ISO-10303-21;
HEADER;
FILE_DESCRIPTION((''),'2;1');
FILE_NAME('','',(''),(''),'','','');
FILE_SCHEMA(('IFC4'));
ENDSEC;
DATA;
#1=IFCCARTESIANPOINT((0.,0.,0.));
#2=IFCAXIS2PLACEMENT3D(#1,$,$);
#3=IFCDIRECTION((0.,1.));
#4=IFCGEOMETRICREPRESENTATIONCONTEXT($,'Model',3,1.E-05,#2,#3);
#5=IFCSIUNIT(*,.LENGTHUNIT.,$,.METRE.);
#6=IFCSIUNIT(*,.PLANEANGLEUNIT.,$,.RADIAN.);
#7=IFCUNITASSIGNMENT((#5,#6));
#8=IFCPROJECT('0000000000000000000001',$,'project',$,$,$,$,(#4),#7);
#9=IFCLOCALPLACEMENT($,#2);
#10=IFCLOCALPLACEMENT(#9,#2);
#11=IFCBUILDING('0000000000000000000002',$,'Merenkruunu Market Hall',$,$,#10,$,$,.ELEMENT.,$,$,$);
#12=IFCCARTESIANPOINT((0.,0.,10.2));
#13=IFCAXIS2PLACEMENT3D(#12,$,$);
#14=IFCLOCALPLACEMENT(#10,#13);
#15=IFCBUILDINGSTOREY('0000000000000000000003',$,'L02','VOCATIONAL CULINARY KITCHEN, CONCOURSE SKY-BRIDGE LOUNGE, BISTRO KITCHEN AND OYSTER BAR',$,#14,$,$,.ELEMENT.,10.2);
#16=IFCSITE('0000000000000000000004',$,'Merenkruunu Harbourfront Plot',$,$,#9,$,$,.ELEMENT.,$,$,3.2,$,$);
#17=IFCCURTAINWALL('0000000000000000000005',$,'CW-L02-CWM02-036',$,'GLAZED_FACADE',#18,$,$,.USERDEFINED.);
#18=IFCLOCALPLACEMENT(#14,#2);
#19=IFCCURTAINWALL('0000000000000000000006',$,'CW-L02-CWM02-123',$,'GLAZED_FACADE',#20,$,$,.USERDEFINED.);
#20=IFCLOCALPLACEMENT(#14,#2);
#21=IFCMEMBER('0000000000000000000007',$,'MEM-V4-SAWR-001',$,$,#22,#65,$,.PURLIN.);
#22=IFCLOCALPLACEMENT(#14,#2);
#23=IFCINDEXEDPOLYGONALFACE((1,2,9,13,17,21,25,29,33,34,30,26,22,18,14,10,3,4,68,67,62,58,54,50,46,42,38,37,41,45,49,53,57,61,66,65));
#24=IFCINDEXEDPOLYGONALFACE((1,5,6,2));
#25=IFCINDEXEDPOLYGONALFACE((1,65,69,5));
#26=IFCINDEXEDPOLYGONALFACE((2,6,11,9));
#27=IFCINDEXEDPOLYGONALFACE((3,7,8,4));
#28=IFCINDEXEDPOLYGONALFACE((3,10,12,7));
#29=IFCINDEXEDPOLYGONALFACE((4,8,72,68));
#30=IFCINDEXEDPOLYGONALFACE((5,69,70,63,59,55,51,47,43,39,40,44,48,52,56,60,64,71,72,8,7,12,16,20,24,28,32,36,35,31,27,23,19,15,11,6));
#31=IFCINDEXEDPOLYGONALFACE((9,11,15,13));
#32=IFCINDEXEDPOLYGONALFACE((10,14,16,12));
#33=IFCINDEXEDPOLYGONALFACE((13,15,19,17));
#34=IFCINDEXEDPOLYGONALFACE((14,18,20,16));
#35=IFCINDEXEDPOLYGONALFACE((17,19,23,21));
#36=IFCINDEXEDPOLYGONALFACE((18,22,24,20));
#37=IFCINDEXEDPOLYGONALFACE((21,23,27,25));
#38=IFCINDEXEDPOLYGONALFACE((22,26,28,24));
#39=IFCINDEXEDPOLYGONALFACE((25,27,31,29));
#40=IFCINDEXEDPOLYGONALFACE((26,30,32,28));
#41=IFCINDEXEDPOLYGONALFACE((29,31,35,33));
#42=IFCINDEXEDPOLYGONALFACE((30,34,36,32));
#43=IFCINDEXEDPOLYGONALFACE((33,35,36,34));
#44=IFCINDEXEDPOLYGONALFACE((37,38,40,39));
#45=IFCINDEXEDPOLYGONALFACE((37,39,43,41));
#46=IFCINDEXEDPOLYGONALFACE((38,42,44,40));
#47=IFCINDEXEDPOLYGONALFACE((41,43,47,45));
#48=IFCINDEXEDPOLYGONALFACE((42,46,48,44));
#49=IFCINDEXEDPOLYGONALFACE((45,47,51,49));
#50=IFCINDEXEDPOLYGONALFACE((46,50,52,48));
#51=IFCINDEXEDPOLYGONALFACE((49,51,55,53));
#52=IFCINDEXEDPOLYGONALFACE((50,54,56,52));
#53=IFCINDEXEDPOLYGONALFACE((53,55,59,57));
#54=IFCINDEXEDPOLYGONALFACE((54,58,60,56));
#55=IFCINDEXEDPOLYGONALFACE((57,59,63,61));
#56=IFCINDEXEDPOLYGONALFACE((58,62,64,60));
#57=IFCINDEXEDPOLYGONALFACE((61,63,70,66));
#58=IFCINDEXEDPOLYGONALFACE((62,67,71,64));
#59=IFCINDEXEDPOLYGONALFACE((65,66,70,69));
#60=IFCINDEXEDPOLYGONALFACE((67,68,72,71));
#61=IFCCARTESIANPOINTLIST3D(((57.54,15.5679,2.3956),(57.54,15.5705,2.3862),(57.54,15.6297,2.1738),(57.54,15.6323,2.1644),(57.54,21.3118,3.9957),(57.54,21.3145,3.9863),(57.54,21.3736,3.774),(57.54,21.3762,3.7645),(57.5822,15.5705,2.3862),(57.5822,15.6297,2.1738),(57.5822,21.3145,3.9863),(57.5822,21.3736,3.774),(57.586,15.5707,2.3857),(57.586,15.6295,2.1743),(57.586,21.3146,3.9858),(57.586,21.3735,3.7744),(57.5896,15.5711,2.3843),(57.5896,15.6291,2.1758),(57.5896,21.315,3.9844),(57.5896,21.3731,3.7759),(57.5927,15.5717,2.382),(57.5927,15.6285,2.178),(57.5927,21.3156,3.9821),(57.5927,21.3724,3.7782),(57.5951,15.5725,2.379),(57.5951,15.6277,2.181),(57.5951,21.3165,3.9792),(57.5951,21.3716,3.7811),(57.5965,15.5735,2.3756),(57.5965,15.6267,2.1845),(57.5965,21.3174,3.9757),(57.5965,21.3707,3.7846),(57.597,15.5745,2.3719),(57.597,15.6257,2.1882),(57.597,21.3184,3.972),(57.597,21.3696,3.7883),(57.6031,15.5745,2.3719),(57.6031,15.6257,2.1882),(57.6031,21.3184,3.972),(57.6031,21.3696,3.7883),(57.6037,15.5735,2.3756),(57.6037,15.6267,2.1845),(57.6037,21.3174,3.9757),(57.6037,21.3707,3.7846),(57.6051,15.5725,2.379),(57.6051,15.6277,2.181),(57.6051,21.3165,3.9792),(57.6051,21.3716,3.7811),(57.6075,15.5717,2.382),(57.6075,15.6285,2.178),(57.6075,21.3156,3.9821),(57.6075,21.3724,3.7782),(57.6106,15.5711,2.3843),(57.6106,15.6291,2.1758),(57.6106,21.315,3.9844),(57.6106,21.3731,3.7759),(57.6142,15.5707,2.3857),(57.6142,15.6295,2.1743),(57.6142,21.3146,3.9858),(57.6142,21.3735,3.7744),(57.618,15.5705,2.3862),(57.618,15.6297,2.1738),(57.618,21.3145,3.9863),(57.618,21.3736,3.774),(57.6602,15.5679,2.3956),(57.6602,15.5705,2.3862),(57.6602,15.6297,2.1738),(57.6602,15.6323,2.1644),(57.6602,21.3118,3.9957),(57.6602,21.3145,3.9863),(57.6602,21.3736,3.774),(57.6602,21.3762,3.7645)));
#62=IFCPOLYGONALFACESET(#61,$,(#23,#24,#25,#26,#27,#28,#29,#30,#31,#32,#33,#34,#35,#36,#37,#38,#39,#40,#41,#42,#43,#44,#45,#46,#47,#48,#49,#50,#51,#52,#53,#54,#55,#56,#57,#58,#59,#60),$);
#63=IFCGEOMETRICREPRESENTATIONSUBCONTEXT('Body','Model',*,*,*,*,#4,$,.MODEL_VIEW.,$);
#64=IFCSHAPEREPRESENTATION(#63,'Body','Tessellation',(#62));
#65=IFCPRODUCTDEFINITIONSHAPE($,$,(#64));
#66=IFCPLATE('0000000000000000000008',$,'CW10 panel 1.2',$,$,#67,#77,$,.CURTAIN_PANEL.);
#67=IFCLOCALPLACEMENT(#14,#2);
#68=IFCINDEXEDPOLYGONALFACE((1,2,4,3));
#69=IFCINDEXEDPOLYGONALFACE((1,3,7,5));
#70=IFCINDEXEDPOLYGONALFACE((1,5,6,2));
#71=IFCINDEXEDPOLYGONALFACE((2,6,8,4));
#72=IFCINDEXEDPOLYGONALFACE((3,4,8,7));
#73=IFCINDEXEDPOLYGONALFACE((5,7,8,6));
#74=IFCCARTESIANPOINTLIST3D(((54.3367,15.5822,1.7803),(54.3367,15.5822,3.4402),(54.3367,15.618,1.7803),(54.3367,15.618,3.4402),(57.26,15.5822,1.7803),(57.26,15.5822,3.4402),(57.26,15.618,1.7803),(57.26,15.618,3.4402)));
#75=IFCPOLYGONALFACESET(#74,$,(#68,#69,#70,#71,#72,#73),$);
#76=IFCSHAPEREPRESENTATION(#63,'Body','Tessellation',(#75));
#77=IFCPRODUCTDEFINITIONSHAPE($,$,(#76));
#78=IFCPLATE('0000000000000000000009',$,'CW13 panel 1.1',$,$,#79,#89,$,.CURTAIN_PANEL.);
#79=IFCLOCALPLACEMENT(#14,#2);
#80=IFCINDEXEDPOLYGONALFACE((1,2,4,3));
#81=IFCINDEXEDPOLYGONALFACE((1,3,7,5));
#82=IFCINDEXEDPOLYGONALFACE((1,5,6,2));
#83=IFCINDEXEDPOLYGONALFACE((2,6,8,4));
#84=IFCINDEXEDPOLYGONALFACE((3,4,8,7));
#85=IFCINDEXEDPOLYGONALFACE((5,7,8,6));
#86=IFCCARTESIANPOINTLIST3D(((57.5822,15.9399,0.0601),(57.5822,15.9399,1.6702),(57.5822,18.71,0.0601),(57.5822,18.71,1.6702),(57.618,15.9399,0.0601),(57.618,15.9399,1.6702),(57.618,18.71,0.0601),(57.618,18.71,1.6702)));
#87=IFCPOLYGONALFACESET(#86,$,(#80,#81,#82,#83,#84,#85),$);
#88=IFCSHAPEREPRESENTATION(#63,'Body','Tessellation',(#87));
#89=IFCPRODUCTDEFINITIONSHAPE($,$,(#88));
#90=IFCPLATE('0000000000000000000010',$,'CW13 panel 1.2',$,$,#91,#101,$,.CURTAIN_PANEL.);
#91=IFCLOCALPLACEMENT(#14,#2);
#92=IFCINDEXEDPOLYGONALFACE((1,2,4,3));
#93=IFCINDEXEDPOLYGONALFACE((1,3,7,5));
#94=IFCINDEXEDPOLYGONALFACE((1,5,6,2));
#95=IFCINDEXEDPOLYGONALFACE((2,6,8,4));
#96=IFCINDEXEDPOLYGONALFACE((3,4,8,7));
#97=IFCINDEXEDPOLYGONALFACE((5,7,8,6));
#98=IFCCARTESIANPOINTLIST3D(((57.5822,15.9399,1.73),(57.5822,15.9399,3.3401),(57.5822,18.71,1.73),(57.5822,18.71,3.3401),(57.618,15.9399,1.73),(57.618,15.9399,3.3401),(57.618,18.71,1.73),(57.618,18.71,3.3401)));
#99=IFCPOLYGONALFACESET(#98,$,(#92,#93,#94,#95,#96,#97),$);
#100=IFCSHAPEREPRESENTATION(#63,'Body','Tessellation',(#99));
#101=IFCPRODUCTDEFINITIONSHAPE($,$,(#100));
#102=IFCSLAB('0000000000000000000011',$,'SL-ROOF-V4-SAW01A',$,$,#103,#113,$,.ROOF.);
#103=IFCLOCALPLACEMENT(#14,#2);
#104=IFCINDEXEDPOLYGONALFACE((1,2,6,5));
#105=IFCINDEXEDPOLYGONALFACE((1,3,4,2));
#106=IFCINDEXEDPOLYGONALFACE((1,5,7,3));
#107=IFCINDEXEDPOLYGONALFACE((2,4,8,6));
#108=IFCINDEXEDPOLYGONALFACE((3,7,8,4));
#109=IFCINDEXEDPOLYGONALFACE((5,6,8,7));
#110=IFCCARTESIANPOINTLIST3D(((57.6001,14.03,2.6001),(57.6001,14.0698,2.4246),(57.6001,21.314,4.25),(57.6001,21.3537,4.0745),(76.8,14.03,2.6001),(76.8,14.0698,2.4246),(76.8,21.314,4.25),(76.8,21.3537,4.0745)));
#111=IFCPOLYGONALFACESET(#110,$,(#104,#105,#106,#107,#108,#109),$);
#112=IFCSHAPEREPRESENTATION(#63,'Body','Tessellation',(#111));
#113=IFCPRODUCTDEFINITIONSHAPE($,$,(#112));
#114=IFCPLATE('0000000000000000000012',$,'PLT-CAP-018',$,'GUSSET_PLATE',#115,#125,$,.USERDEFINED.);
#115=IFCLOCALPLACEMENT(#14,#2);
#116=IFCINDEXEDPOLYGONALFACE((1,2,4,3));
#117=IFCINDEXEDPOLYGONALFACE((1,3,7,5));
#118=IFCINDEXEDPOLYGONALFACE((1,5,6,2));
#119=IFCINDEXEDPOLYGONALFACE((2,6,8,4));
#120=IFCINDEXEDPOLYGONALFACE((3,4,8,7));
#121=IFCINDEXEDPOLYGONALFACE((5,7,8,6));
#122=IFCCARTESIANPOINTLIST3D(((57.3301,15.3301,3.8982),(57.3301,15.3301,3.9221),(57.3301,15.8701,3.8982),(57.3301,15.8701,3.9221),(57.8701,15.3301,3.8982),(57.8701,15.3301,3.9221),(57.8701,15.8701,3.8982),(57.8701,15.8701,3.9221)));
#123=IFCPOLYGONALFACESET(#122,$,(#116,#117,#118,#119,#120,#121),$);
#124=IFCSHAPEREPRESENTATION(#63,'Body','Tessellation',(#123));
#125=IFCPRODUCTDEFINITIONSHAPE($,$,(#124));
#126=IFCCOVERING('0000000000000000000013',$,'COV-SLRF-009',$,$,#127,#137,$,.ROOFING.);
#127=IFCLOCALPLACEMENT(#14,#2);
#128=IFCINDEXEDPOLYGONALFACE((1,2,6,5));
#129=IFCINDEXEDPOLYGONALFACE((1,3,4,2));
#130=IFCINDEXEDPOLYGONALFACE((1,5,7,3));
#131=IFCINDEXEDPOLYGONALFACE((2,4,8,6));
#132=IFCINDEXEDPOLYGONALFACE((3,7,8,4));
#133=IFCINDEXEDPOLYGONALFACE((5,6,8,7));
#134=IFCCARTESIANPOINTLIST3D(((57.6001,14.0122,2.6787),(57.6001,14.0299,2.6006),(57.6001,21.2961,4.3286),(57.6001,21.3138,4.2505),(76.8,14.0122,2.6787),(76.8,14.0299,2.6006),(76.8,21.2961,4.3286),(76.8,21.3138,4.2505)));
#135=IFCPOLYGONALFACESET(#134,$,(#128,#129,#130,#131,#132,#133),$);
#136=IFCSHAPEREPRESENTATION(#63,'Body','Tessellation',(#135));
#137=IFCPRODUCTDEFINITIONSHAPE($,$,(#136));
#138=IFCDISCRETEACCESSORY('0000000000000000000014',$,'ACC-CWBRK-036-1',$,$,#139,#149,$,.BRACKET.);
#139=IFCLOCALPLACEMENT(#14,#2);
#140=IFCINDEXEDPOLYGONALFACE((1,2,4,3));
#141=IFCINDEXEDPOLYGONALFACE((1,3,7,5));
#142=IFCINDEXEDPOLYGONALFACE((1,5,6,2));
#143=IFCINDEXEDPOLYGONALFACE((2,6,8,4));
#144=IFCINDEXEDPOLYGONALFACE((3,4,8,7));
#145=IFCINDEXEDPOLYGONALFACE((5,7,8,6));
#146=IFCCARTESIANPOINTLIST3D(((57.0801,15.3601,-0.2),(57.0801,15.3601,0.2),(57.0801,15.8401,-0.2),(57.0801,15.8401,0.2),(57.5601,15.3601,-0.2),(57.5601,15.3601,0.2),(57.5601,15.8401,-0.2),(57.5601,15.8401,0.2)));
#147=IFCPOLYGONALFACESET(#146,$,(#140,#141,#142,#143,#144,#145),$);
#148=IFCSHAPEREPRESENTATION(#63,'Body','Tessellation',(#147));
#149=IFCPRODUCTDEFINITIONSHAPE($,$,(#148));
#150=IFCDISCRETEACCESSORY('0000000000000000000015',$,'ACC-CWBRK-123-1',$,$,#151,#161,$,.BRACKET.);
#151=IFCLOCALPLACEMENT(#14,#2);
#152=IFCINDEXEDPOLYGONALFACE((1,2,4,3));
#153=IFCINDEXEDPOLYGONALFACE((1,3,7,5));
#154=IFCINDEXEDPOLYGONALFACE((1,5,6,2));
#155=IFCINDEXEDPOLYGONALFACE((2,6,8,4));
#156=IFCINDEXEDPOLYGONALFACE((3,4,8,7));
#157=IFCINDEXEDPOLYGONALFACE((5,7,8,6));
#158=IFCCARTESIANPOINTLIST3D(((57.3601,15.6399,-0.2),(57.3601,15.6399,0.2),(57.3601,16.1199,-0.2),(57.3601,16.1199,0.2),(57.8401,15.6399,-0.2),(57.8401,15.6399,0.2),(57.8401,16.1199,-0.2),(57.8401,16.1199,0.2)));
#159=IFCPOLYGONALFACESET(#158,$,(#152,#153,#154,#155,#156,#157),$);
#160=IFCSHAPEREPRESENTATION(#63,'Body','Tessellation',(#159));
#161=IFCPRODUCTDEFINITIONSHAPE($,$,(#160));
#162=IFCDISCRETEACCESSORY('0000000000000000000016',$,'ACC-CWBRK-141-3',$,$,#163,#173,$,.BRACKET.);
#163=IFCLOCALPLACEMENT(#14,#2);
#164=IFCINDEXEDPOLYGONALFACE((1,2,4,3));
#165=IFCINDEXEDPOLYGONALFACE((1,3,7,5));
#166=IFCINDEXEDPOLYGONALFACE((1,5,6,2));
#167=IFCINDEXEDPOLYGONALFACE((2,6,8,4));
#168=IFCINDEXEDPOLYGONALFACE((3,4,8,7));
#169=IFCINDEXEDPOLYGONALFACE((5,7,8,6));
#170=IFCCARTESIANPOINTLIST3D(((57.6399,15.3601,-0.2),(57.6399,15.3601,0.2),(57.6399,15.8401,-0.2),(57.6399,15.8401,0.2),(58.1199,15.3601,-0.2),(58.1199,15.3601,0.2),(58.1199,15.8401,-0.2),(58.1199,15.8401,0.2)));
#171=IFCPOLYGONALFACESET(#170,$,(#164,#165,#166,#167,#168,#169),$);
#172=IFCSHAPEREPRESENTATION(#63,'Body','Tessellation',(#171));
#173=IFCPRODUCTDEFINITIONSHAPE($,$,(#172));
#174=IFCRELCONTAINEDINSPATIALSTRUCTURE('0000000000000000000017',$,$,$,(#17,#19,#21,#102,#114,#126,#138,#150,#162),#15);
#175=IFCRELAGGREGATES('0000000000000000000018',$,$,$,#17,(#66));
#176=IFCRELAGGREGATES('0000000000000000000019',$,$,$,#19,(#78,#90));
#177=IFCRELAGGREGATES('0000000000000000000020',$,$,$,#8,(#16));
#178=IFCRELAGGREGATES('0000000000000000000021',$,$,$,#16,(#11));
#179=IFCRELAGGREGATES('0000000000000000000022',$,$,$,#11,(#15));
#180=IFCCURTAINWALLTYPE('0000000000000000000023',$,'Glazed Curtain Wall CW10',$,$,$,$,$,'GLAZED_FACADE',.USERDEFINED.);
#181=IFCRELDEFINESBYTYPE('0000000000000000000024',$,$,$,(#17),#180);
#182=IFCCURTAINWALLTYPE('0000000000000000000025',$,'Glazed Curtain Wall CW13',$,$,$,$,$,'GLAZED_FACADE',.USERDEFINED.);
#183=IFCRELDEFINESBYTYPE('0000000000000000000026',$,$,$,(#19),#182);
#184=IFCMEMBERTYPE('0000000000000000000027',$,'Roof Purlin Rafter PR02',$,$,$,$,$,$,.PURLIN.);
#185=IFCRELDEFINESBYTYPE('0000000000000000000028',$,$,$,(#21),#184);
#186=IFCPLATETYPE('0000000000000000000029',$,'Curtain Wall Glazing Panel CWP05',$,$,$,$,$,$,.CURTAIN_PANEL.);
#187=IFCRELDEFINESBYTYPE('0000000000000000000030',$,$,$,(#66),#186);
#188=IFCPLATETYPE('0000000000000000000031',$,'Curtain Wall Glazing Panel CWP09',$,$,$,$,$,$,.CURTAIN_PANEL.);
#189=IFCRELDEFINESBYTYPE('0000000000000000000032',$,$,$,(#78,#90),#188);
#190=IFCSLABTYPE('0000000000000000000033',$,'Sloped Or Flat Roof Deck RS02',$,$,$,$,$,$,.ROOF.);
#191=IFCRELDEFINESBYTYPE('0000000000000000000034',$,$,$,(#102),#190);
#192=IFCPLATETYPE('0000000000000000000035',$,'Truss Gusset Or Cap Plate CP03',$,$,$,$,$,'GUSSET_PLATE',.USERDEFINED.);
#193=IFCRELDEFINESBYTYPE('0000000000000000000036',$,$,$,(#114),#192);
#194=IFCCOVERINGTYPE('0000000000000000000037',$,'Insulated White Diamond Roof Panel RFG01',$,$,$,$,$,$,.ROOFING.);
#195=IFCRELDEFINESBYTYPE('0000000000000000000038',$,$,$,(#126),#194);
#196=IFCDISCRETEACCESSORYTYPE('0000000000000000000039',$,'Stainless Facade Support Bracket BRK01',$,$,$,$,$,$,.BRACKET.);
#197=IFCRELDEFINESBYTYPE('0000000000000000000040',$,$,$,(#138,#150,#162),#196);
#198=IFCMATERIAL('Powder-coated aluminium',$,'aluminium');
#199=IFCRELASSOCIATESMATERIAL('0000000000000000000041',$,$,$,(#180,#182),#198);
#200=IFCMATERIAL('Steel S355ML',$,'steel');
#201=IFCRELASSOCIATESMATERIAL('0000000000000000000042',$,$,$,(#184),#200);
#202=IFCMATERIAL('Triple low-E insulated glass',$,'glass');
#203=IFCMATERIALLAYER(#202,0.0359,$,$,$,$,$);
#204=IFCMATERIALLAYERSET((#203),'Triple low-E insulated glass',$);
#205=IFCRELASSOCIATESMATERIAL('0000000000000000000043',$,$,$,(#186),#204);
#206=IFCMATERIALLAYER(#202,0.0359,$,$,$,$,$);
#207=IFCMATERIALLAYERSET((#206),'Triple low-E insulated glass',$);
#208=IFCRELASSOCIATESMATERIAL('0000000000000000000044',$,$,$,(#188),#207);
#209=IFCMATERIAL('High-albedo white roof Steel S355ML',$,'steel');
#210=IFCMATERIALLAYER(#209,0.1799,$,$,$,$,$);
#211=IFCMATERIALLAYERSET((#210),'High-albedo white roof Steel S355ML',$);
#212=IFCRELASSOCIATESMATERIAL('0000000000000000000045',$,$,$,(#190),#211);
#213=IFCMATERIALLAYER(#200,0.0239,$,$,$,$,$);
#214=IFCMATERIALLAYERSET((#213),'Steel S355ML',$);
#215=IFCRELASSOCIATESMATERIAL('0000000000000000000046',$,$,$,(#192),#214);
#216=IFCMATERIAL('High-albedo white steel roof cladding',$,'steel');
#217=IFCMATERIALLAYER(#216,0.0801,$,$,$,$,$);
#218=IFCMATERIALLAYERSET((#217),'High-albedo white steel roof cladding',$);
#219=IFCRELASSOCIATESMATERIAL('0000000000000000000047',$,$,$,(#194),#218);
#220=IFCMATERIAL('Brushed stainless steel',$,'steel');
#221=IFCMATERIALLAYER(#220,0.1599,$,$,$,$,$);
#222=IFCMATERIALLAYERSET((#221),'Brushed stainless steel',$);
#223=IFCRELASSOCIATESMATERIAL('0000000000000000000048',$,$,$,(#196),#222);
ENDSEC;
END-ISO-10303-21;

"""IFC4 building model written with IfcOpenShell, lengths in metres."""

from ifc_helpers import new_model, si_unit, direction, frame, origin, origin_2d, place, context, subcontext, project, spatial, polyline, rectangle, i_section, outline, extrude, material, layer, layer_set, material_profile, profile_set, type_object, element, aggregate, save


model = new_model("IFC4")

# Units and contexts
model_context = context("Model", 3, precision=1e-05, world=origin(), true_north=direction((0.0, 1.0)))
body_context = subcontext(model_context, "Body", "Model", "MODEL_VIEW")
ifc_project = project(units=[si_unit("LENGTHUNIT", "METRE"), si_unit("PLANEANGLEUNIT", "RADIAN")], contexts=[model_context])

# Site, building, storey
site_placement = place(None, origin())
site = spatial("IfcSite", under=ifc_project, at=site_placement, Name="Merenkruunu Harbourfront Plot", CompositionType="ELEMENT", RefElevation=3.2)
building_placement = place(site_placement, origin())
building = spatial("IfcBuilding", under=site, at=building_placement, Name="Merenkruunu Market Hall", CompositionType="ELEMENT")
storey_placement = place(building_placement, frame((0.0, 0.0, 10.2)))
storey = spatial("IfcBuildingStorey", under=building, at=storey_placement, Name="L02", Description="VOCATIONAL CULINARY KITCHEN, CONCOURSE SKY-BRIDGE LOUNGE, BISTRO KITCHEN AND OYSTER BAR", CompositionType="ELEMENT", Elevation=10.2)

# Shared definitions
ifc_material_1 = material(Name="Steel S355ML", Category="steel")

# Curtain wall
ifc_material_2 = material(Name="Powder-coated aluminium", Category="aluminium")
curtain_wall_type_1 = type_object("IfcCurtainWallType", Name="Glazed Curtain Wall CW10", ElementType="GLAZED_FACADE", PredefinedType="USERDEFINED", material=ifc_material_2)
curtain_wall_1_placement = place(storey_placement, origin())
curtain_wall_1 = element("IfcCurtainWall", 1, at=curtain_wall_1_placement, inside=storey, type_object=curtain_wall_type_1, Name="CW-L02-CWM02-036", ObjectType="GLAZED_FACADE", PredefinedType="USERDEFINED")

# Curtain wall
curtain_wall_type_2 = type_object("IfcCurtainWallType", Name="Glazed Curtain Wall CW13", ElementType="GLAZED_FACADE", PredefinedType="USERDEFINED", material=ifc_material_2)
curtain_wall_2_placement = place(storey_placement, origin())
curtain_wall_2 = element("IfcCurtainWall", 2, at=curtain_wall_2_placement, inside=storey, type_object=curtain_wall_type_2, Name="CW-L02-CWM02-123", ObjectType="GLAZED_FACADE", PredefinedType="USERDEFINED")

# Member
ifc_material_profile_1 = material_profile(ifc_material_1, i_section(OverallWidth=0.1201, OverallDepth=0.24, WebThickness=0.0061, FlangeThickness=0.0098, FilletRadius=0.0149, at=origin_2d()), Name="IPE 240")
ifc_profile_set_1 = profile_set([ifc_material_profile_1], Name="Steel S355ML")
member_type_1 = type_object("IfcMemberType", Name="Roof Purlin Rafter PR02", PredefinedType="PURLIN", material=ifc_profile_set_1)
member_1_placement = place(storey_placement, frame((57.6001, 15.6001, 2.28), z_axis=(0.0, 0.96332, 0.268355), x_axis=(-1.0, 0.0, 0.0)))
element("IfcMember", 3, at=member_1_placement, inside=storey, type_object=member_type_1, Name="MEM-V4-SAWR-001", PredefinedType="PURLIN", context=body_context, shape_type="SweptSolid", body=[
    extrude(i_section(OverallWidth=0.1201, OverallDepth=0.24, WebThickness=0.0061, FlangeThickness=0.0098, FilletRadius=0.0149, at=origin_2d()), origin(), (0.0, 0.0, 1.0), 5.9626),
])

# Plates
ifc_material_3 = material(Name="Triple low-E insulated glass", Category="glass")
ifc_layer_1 = layer(ifc_material_3, 0.0359)
ifc_layer_set_1 = layer_set([ifc_layer_1], Name="Triple low-E insulated glass")
plate_type_1 = type_object("IfcPlateType", Name="Curtain Wall Glazing Panel CWP05", PredefinedType="CURTAIN_PANEL", material=ifc_layer_set_1)
plate_1_placement = place(storey_placement, frame((55.7983, 15.6001, 1.7803), z_axis=(0.0, 0.0, 1.0), x_axis=(-1.0, 0.0, 0.0)))
plate_1 = element("IfcPlate", 4, at=plate_1_placement, type_object=plate_type_1, Name="CW10 panel 1.2", PredefinedType="CURTAIN_PANEL", context=body_context, shape_type="SweptSolid", body=[
    extrude(rectangle(XDim=2.9233, YDim=0.0359, at=origin_2d()), origin(), (0.0, 0.0, 1.0), 1.6599),
])
aggregate(curtain_wall_1, [plate_1])
ifc_layer_2 = layer(ifc_material_3, 0.0359)
ifc_layer_set_2 = layer_set([ifc_layer_2], Name="Triple low-E insulated glass")
plate_type_2 = type_object("IfcPlateType", Name="Curtain Wall Glazing Panel CWP09", PredefinedType="CURTAIN_PANEL", material=ifc_layer_set_2)
plate_2_placement = place(storey_placement, frame((57.6001, 17.325, 0.0601), z_axis=(0.0, 0.0, 1.0), x_axis=(0.0, 1.0, 0.0)))
plate_2 = element("IfcPlate", 5, at=plate_2_placement, type_object=plate_type_2, Name="CW13 panel 1.1", PredefinedType="CURTAIN_PANEL", context=body_context, shape_type="SweptSolid", body=[
    extrude(rectangle(XDim=2.77, YDim=0.0359, at=origin_2d()), origin(), (0.0, 0.0, 1.0), 1.6101),
])
plate_3_placement = place(storey_placement, frame((57.6001, 17.325, 1.73), z_axis=(0.0, 0.0, 1.0), x_axis=(0.0, 1.0, 0.0)))
plate_3 = element("IfcPlate", 6, at=plate_3_placement, type_object=plate_type_2, Name="CW13 panel 1.2", PredefinedType="CURTAIN_PANEL", context=body_context, shape_type="SweptSolid", body=[
    extrude(rectangle(XDim=2.77, YDim=0.0359, at=origin_2d()), origin(), (0.0, 0.0, 1.0), 1.6101),
])
aggregate(curtain_wall_2, [plate_2, plate_3])

# Slab
ifc_material_4 = material(Name="High-albedo white roof Steel S355ML", Category="steel")
ifc_layer_3 = layer(ifc_material_4, 0.1799)
ifc_layer_set_3 = layer_set([ifc_layer_3], Name="High-albedo white roof Steel S355ML")
slab_type = type_object("IfcSlabType", Name="Sloped Or Flat Roof Deck RS02", PredefinedType="ROOF", material=ifc_layer_set_3)
slab_placement = place(storey_placement, frame((57.6001, 14.03, 2.6001), z_axis=(0.0, -0.220916, 0.975293), x_axis=(1.0, 0.0, 0.0)))
element("IfcSlab", 7, at=slab_placement, inside=storey, type_object=slab_type, Name="SL-ROOF-V4-SAW01A", PredefinedType="ROOF", context=body_context, shape_type="SweptSolid", body=[
    extrude(outline(polyline([(0.0, 0.0), (19.2, 0.0), (19.2, 7.4685), (0.0, 7.4685), (0.0, 0.0)])), origin(), (0.0, 0.0, -1.0), 0.1799),
])

# Plate
ifc_layer_4 = layer(ifc_material_1, 0.0239)
ifc_layer_set_4 = layer_set([ifc_layer_4], Name="Steel S355ML")
plate_type_3 = type_object("IfcPlateType", Name="Truss Gusset Or Cap Plate CP03", ElementType="GUSSET_PLATE", PredefinedType="USERDEFINED", material=ifc_layer_set_4)
plate_4_placement = place(storey_placement, frame((57.6001, 15.6001, 3.8982), z_axis=(0.0, 0.0, 1.0), x_axis=(1.0, 0.0, 0.0)))
element("IfcPlate", 8, at=plate_4_placement, inside=storey, type_object=plate_type_3, Name="PLT-CAP-018", ObjectType="GUSSET_PLATE", PredefinedType="USERDEFINED", context=body_context, shape_type="SweptSolid", body=[
    extrude(rectangle(XDim=0.54, YDim=0.54, at=origin_2d()), origin(), (0.0, 0.0, 1.0), 0.0239),
])

# Covering
ifc_material_5 = material(Name="High-albedo white steel roof cladding", Category="steel")
ifc_layer_5 = layer(ifc_material_5, 0.0801)
ifc_layer_set_5 = layer_set([ifc_layer_5], Name="High-albedo white steel roof cladding")
covering_type = type_object("IfcCoveringType", Name="Insulated White Diamond Roof Panel RFG01", PredefinedType="ROOFING", material=ifc_layer_set_5)
covering_placement = place(storey_placement, frame((57.6001, 14.0122, 2.6787), z_axis=(0.0, -0.220916, 0.975293), x_axis=(1.0, 0.0, 0.0)))
element("IfcCovering", 9, at=covering_placement, inside=storey, type_object=covering_type, Name="COV-SLRF-009", PredefinedType="ROOFING", context=body_context, shape_type="SweptSolid", body=[
    extrude(outline(polyline([(0.0, 0.0), (19.2, 0.0), (19.2, 7.4685), (0.0, 7.4685), (0.0, 0.0)])), origin(), (0.0, 0.0, -1.0), 0.0801),
])

# Discrete accessories
ifc_material_6 = material(Name="Brushed stainless steel", Category="steel")
ifc_layer_6 = layer(ifc_material_6, 0.1599)
ifc_layer_set_6 = layer_set([ifc_layer_6], Name="Brushed stainless steel")
discrete_accessory_type = type_object("IfcDiscreteAccessoryType", Name="Stainless Facade Support Bracket BRK01", PredefinedType="BRACKET", material=ifc_layer_set_6)
for number, where, z_axis, x_axis, name in (
    (10, (57.3201, 15.6001, -0.2), (0.0, 0.0, 1.0), (1.0, 0.0, 0.0), "ACC-CWBRK-036-1"),
    (11, (57.6001, 15.8799, -0.2), (0.0, 0.0, 1.0), (1.0, 0.0, 0.0), "ACC-CWBRK-123-1"),
    (12, (57.8799, 15.6001, -0.2), (0.0, 0.0, 1.0), (1.0, 0.0, 0.0), "ACC-CWBRK-141-3"),
):
    element("IfcDiscreteAccessory", number, at=place(storey_placement, frame(where, z_axis=z_axis, x_axis=x_axis)), inside=storey, type_object=discrete_accessory_type, Name=name, PredefinedType="BRACKET", context=body_context, shape_type="SweptSolid", body=[
        extrude(rectangle(XDim=0.48, YDim=0.48, at=origin_2d()), origin(), (0.0, 0.0, 1.0), 0.3999),
    ])

save(model, "model.ifc")
